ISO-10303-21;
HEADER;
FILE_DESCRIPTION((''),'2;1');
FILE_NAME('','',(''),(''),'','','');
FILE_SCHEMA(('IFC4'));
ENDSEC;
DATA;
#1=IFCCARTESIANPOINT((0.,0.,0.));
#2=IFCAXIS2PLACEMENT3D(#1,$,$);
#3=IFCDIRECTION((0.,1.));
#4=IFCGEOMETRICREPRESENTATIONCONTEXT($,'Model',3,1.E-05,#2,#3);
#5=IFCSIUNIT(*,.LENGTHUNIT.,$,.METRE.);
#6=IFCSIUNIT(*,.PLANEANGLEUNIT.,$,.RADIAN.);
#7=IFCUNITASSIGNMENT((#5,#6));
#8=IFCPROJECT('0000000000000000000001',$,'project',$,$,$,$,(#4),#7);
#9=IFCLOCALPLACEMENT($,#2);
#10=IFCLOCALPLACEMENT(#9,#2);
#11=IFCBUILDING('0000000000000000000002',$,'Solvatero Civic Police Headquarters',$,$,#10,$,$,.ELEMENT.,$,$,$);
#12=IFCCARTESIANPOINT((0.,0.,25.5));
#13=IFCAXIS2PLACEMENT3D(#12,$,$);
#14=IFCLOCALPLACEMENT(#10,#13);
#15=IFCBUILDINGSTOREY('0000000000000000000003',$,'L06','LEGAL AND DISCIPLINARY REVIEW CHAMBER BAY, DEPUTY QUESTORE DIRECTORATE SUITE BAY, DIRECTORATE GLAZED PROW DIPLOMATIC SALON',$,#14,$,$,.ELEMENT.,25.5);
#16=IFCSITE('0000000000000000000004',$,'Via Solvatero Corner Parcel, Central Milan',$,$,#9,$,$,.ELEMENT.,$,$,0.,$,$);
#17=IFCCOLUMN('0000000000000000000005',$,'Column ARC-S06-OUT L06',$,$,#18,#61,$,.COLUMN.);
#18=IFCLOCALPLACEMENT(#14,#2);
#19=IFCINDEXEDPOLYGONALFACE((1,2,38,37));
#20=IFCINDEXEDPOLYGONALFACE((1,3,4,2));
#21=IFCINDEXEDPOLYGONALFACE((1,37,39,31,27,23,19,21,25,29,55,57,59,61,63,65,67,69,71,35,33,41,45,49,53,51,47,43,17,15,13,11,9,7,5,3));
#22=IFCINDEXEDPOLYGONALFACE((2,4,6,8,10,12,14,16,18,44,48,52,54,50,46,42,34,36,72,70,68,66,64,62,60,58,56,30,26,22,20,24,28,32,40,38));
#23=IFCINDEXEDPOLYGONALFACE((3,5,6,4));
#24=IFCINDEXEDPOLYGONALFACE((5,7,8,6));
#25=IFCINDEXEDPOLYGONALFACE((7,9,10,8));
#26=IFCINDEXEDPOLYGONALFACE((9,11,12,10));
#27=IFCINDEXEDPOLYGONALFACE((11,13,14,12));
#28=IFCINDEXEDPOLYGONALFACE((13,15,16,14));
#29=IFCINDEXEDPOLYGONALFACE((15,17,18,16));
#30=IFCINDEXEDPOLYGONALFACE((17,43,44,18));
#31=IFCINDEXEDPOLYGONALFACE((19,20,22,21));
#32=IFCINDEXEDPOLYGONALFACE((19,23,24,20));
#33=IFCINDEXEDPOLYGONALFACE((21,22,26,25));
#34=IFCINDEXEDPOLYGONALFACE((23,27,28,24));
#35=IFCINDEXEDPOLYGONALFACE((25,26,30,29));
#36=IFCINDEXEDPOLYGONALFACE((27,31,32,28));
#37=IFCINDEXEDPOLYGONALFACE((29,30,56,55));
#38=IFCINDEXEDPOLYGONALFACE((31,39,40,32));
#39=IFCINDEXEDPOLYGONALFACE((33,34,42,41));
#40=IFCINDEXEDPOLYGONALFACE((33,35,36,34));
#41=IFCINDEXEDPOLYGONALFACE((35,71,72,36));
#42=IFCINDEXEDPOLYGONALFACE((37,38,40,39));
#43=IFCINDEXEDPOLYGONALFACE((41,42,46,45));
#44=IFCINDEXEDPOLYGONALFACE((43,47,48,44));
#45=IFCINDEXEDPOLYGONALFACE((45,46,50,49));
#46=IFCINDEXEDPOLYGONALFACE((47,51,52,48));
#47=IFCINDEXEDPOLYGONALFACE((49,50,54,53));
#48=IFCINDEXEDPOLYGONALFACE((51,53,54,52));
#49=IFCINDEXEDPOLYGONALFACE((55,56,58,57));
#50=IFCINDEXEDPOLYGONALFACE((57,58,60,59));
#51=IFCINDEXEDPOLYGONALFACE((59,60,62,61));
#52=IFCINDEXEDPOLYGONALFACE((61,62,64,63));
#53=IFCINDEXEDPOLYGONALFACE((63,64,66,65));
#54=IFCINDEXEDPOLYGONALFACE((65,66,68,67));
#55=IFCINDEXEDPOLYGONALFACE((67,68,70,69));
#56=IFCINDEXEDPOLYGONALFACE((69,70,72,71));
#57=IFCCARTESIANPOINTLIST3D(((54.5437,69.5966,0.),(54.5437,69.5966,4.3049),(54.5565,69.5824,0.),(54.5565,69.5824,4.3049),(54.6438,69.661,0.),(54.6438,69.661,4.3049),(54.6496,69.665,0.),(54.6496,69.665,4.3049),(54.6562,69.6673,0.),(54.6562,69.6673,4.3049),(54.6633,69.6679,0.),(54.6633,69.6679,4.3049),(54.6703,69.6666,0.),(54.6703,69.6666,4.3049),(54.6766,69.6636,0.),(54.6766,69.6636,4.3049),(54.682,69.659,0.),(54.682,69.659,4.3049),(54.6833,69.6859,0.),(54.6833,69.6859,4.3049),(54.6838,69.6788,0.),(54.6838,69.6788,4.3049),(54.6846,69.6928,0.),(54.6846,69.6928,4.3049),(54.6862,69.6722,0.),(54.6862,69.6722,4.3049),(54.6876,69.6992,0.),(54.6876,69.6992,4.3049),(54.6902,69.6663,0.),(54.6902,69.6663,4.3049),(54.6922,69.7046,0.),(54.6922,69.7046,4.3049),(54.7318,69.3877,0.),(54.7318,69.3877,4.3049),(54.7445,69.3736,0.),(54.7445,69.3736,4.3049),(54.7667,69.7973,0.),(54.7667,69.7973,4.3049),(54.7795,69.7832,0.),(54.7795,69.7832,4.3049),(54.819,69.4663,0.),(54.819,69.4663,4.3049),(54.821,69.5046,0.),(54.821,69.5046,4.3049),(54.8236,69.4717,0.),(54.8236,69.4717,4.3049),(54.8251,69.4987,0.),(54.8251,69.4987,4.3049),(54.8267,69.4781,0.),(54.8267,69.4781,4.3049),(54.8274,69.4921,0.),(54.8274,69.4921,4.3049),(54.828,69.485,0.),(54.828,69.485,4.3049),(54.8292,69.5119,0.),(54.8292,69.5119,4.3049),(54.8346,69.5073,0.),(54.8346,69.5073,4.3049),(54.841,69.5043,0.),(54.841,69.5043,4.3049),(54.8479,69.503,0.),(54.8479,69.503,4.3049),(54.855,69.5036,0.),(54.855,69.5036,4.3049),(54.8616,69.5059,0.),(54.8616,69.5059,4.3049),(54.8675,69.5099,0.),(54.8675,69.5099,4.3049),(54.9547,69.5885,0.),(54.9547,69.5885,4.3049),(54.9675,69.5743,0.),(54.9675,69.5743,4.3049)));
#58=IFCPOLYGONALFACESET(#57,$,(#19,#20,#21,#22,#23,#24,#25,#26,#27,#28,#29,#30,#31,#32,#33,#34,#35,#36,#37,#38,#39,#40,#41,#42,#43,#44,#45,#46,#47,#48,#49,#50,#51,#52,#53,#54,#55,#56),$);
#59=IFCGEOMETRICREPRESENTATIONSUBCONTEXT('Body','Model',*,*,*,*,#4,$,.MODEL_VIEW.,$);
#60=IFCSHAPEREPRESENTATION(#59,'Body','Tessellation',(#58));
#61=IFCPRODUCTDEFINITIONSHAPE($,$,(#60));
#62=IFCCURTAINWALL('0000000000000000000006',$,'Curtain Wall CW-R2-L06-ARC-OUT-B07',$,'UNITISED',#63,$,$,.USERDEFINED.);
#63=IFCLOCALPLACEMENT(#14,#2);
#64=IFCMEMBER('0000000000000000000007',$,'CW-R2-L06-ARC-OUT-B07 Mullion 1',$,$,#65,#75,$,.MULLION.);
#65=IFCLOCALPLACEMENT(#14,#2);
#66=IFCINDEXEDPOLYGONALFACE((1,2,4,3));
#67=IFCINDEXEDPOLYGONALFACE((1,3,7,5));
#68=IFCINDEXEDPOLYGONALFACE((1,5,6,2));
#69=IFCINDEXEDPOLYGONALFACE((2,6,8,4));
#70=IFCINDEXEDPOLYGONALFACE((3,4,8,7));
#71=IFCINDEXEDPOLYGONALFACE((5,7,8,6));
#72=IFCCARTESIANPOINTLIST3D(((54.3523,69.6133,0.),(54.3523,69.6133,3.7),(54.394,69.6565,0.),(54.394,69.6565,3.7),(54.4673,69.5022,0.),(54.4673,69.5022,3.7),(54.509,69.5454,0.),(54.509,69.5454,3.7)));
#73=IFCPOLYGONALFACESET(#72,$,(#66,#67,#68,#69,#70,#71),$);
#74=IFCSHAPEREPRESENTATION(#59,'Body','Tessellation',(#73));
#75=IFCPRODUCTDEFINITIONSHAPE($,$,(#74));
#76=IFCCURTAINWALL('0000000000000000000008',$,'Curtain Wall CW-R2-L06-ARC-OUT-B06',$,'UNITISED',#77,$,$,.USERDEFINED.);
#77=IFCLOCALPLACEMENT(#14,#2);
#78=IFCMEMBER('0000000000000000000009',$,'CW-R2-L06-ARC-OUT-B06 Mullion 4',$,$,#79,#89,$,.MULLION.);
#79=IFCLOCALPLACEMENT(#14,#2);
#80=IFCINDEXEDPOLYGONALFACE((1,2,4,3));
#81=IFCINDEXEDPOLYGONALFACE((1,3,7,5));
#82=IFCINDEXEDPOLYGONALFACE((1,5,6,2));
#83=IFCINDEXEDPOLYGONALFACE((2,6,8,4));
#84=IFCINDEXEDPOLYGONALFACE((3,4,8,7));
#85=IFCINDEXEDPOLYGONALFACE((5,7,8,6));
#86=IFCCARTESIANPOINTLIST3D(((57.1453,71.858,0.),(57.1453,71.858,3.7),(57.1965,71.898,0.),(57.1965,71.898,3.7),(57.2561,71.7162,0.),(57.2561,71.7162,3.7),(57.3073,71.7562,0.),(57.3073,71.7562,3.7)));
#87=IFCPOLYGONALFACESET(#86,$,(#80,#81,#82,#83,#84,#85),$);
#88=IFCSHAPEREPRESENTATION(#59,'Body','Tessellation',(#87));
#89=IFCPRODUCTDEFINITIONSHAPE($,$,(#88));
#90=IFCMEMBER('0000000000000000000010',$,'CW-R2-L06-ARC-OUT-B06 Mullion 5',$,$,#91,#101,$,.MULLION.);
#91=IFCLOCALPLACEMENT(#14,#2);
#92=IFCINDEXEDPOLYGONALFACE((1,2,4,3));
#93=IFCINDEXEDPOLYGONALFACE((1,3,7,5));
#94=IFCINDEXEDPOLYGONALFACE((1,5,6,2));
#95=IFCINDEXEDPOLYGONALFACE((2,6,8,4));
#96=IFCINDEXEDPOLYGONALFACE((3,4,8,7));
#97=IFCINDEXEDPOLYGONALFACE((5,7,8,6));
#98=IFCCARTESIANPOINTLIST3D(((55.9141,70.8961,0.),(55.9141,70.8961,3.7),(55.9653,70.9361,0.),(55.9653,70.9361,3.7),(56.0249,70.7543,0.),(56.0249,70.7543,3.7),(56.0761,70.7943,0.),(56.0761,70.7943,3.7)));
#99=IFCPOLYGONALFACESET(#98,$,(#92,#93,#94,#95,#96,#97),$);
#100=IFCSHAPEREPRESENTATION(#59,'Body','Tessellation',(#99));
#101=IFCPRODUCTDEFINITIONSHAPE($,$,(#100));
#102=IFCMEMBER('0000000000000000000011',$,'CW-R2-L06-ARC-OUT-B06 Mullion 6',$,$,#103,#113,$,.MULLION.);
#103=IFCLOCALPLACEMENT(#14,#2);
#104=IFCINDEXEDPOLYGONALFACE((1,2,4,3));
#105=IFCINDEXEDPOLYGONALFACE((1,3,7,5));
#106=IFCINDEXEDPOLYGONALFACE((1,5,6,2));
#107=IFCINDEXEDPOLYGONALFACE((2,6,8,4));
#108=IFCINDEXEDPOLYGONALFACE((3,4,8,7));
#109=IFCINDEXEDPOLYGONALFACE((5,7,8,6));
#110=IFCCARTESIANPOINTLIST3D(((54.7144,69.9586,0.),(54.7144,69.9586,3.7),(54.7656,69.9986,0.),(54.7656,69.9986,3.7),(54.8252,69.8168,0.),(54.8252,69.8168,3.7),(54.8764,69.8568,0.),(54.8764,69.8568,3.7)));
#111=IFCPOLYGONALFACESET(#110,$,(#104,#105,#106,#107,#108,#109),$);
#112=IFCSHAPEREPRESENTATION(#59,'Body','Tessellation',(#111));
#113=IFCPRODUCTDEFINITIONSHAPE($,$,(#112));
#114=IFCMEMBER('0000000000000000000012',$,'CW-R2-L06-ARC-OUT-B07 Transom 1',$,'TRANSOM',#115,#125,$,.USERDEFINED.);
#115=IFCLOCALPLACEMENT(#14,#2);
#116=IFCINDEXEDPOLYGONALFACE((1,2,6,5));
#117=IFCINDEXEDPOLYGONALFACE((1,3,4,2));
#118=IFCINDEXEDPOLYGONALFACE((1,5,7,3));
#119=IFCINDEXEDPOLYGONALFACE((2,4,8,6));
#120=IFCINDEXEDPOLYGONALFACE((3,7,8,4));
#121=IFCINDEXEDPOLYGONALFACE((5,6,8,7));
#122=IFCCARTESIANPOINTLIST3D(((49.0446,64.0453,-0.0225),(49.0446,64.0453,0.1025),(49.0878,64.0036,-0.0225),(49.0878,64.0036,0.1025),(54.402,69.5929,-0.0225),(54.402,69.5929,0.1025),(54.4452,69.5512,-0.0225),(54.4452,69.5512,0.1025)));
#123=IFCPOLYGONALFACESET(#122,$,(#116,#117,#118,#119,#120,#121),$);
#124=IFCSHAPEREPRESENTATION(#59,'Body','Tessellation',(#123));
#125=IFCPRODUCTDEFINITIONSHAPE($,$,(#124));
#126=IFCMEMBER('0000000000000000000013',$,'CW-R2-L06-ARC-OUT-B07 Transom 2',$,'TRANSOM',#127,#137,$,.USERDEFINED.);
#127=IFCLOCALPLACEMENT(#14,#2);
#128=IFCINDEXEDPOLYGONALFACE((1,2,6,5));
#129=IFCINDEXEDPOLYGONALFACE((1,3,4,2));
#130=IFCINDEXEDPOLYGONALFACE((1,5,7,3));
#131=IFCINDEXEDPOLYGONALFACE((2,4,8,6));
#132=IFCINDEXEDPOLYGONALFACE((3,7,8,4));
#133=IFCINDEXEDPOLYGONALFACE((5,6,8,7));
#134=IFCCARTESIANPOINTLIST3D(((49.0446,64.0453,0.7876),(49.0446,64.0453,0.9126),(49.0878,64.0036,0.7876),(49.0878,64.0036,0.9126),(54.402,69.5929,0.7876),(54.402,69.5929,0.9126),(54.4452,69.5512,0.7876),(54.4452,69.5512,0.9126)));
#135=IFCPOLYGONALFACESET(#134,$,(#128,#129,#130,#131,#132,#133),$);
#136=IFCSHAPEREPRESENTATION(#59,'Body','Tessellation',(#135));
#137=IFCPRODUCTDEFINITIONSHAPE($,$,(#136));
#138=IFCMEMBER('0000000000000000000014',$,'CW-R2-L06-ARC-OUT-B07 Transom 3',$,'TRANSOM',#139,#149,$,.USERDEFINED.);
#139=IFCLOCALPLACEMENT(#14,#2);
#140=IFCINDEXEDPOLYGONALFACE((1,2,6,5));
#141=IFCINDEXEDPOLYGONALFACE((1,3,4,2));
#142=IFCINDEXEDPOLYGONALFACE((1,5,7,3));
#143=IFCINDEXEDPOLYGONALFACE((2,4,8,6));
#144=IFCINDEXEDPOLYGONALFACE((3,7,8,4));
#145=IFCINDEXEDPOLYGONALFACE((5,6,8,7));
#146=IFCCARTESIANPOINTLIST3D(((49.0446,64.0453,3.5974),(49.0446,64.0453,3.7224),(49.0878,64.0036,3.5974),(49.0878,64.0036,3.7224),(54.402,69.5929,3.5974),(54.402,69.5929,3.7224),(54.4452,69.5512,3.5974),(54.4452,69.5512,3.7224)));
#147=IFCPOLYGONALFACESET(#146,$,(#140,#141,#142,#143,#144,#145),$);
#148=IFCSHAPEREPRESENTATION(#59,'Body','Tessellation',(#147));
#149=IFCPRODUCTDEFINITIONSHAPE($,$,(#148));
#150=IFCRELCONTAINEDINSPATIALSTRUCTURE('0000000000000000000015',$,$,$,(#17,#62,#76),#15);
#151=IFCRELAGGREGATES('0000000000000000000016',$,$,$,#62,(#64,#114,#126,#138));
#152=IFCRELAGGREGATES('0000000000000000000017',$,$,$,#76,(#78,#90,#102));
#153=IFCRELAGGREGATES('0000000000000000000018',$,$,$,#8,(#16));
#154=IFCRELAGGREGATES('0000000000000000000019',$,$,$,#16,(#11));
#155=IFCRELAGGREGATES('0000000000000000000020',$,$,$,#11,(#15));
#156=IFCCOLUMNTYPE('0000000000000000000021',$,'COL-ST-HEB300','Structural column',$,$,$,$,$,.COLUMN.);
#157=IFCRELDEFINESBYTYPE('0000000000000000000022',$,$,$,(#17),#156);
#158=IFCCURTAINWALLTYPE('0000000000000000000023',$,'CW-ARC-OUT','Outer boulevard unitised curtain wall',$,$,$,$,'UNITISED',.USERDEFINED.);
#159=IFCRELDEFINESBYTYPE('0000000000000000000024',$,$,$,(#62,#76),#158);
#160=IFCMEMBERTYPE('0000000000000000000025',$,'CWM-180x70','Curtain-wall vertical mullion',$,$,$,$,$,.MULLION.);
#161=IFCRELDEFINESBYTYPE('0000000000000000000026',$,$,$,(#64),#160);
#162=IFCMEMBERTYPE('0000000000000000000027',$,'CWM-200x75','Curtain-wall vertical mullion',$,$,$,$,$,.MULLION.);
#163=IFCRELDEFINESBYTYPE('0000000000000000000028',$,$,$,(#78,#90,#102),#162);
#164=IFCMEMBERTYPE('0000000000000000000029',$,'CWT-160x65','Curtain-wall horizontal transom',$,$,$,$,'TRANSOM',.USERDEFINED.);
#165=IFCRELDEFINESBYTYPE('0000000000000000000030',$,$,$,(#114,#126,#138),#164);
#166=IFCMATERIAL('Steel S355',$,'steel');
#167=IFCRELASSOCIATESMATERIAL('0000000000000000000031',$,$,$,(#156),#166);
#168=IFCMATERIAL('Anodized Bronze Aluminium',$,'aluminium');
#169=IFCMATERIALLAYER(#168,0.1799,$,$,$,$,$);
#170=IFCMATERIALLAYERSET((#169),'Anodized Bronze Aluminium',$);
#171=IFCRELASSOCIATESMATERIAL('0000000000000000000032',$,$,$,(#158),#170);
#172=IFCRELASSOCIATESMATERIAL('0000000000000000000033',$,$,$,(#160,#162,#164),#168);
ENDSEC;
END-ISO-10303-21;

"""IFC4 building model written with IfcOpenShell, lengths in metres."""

from ifc_helpers import new_model, si_unit, direction, frame, origin, origin_2d, place, context, subcontext, project, spatial, rectangle, i_section, extrude, material, layer, layer_set, material_profile, profile_set, type_object, element, aggregate, save


model = new_model("IFC4")

# Units and contexts
model_context = context("Model", 3, precision=1e-05, world=origin(), true_north=direction((0.0, 1.0)))
body_context = subcontext(model_context, "Body", "Model", "MODEL_VIEW")
ifc_project = project(units=[si_unit("LENGTHUNIT", "METRE"), si_unit("PLANEANGLEUNIT", "RADIAN")], contexts=[model_context])

# Site, building, storey
site_placement = place(None, origin())
site = spatial("IfcSite", under=ifc_project, at=site_placement, Name="Via Solvatero Corner Parcel, Central Milan", CompositionType="ELEMENT", RefElevation=0.0)
building_placement = place(site_placement, origin())
building = spatial("IfcBuilding", under=site, at=building_placement, Name="Solvatero Civic Police Headquarters", CompositionType="ELEMENT")
storey_placement = place(building_placement, frame((0.0, 0.0, 25.5)))
storey = spatial("IfcBuildingStorey", under=building, at=storey_placement, Name="L06", Description="LEGAL AND DISCIPLINARY REVIEW CHAMBER BAY, DEPUTY QUESTORE DIRECTORATE SUITE BAY, DIRECTORATE GLAZED PROW DIPLOMATIC SALON", CompositionType="ELEMENT", Elevation=25.5)

# Column
ifc_material_1 = material(Name="Steel S355", Category="steel")
ifc_material_profile_1 = material_profile(ifc_material_1, i_section(OverallWidth=0.3, OverallDepth=0.3, WebThickness=0.011, FlangeThickness=0.019, FilletRadius=0.0271, at=origin_2d()), Name="HEB 300")
ifc_profile_set_1 = profile_set([ifc_material_profile_1], Name="Steel S355")
column_type = type_object("IfcColumnType", Name="COL-ST-HEB300", Description="Structural column", PredefinedType="COLUMN", material=ifc_profile_set_1)
column_placement = place(storey_placement, frame((54.7556, 69.5854, 0.0), z_axis=(0.0, 0.0, 1.0), x_axis=(0.743145, 0.669131, 0.0)))
element("IfcColumn", 1, at=column_placement, inside=storey, type_object=column_type, Name="Column ARC-S06-OUT L06", PredefinedType="COLUMN", context=body_context, shape_type="SweptSolid", body=[
    extrude(i_section(OverallWidth=0.3, OverallDepth=0.3, WebThickness=0.011, FlangeThickness=0.019, FilletRadius=0.0271, at=origin_2d()), origin(), (0.0, 0.0, 1.0), 4.3049),
])

# Curtain wall, member
ifc_material_2 = material(Name="Anodized Bronze Aluminium", Category="aluminium")
ifc_layer_1 = layer(ifc_material_2, 0.1799)
ifc_layer_set_1 = layer_set([ifc_layer_1], Name="Anodized Bronze Aluminium")
curtain_wall_type = type_object("IfcCurtainWallType", Name="CW-ARC-OUT", Description="Outer boulevard unitised curtain wall", ElementType="UNITISED", PredefinedType="USERDEFINED", material=ifc_layer_set_1)
curtain_wall_1_placement = place(storey_placement, origin())
curtain_wall_1 = element("IfcCurtainWall", 2, at=curtain_wall_1_placement, inside=storey, type_object=curtain_wall_type, Name="Curtain Wall CW-R2-L06-ARC-OUT-B07", ObjectType="UNITISED", PredefinedType="USERDEFINED")
ifc_material_profile_2 = material_profile(ifc_material_2, rectangle(XDim=0.0601, YDim=0.1599, at=origin_2d()), Name="ALU MULLION 60x160")
ifc_profile_set_2 = profile_set([ifc_material_profile_2], Name="Anodized Bronze Aluminium")
member_type_1 = type_object("IfcMemberType", Name="CWM-180x70", Description="Curtain-wall vertical mullion", PredefinedType="MULLION", material=ifc_profile_set_2)
member_1_placement = place(storey_placement, frame((54.4307, 69.5793, 0.0), z_axis=(0.0, 0.0, 1.0), x_axis=(-0.694658, -0.71934, 0.0)))
member_1 = element("IfcMember", 3, at=member_1_placement, type_object=member_type_1, Name="CW-R2-L06-ARC-OUT-B07 Mullion 1", PredefinedType="MULLION", context=body_context, shape_type="SweptSolid", body=[
    extrude(rectangle(XDim=0.0601, YDim=0.1599, at=origin_2d()), origin(), (0.0, 0.0, 1.0), 3.7),
])

# Curtain wall, members
curtain_wall_2_placement = place(storey_placement, origin())
curtain_wall_2 = element("IfcCurtainWall", 4, at=curtain_wall_2_placement, inside=storey, type_object=curtain_wall_type, Name="Curtain Wall CW-R2-L06-ARC-OUT-B06", ObjectType="UNITISED", PredefinedType="USERDEFINED")
ifc_material_profile_3 = material_profile(ifc_material_2, rectangle(XDim=0.0649, YDim=0.1799, at=origin_2d()), Name="ALU MULLION 65x180")
ifc_profile_set_3 = profile_set([ifc_material_profile_3], Name="Anodized Bronze Aluminium")
member_type_2 = type_object("IfcMemberType", Name="CWM-200x75", Description="Curtain-wall vertical mullion", PredefinedType="MULLION", material=ifc_profile_set_3)
member_2_placement = place(storey_placement, frame((57.2263, 71.8071, 0.0), z_axis=(0.0, 0.0, 1.0), x_axis=(-0.788011, -0.615661, 0.0)))
member_2 = element("IfcMember", 5, at=member_2_placement, type_object=member_type_2, Name="CW-R2-L06-ARC-OUT-B06 Mullion 4", PredefinedType="MULLION", context=body_context, shape_type="SweptSolid", body=[
    extrude(rectangle(XDim=0.0649, YDim=0.1799, at=origin_2d()), origin(), (0.0, 0.0, 1.0), 3.7),
])
member_3_placement = place(storey_placement, frame((55.9951, 70.8452, 0.0), z_axis=(0.0, 0.0, 1.0), x_axis=(-0.788011, -0.615661, 0.0)))
member_3 = element("IfcMember", 6, at=member_3_placement, type_object=member_type_2, Name="CW-R2-L06-ARC-OUT-B06 Mullion 5", PredefinedType="MULLION", context=body_context, shape_type="SweptSolid", body=[
    extrude(rectangle(XDim=0.0649, YDim=0.1799, at=origin_2d()), origin(), (0.0, 0.0, 1.0), 3.7),
])
member_4_placement = place(storey_placement, frame((54.7954, 69.9077, 0.0), z_axis=(0.0, 0.0, 1.0), x_axis=(-0.788011, -0.615661, 0.0)))
member_4 = element("IfcMember", 7, at=member_4_placement, type_object=member_type_2, Name="CW-R2-L06-ARC-OUT-B06 Mullion 6", PredefinedType="MULLION", context=body_context, shape_type="SweptSolid", body=[
    extrude(rectangle(XDim=0.0649, YDim=0.1799, at=origin_2d()), origin(), (0.0, 0.0, 1.0), 3.7),
])

# Members
ifc_material_profile_4 = material_profile(ifc_material_2, rectangle(XDim=0.0601, YDim=0.125, at=origin_2d()), Name="ALU TRANSOM 60x125")
ifc_profile_set_4 = profile_set([ifc_material_profile_4], Name="Anodized Bronze Aluminium")
member_type_3 = type_object("IfcMemberType", Name="CWT-160x65", Description="Curtain-wall horizontal transom", ElementType="TRANSOM", PredefinedType="USERDEFINED", material=ifc_profile_set_4)
member_5_placement = place(storey_placement, frame((54.4236, 69.572, 0.04), z_axis=(-0.694669, -0.719329, 0.0), x_axis=(0.719329, -0.694669, 0.0)))
member_5 = element("IfcMember", 8, at=member_5_placement, type_object=member_type_3, Name="CW-R2-L06-ARC-OUT-B07 Transom 1", ObjectType="TRANSOM", PredefinedType="USERDEFINED", context=body_context, shape_type="SweptSolid", body=[
    extrude(rectangle(XDim=0.0601, YDim=0.125, at=origin_2d()), origin(), (0.0, 0.0, 1.0), 7.7122),
])
member_6_placement = place(storey_placement, frame((54.4236, 69.572, 0.8501), z_axis=(-0.694669, -0.719329, 0.0), x_axis=(0.719329, -0.694669, 0.0)))
member_6 = element("IfcMember", 9, at=member_6_placement, type_object=member_type_3, Name="CW-R2-L06-ARC-OUT-B07 Transom 2", ObjectType="TRANSOM", PredefinedType="USERDEFINED", context=body_context, shape_type="SweptSolid", body=[
    extrude(rectangle(XDim=0.0601, YDim=0.125, at=origin_2d()), origin(), (0.0, 0.0, 1.0), 7.7122),
])
member_7_placement = place(storey_placement, frame((54.4236, 69.572, 3.6599), z_axis=(-0.694669, -0.719329, 0.0), x_axis=(0.719329, -0.694669, 0.0)))
member_7 = element("IfcMember", 10, at=member_7_placement, type_object=member_type_3, Name="CW-R2-L06-ARC-OUT-B07 Transom 3", ObjectType="TRANSOM", PredefinedType="USERDEFINED", context=body_context, shape_type="SweptSolid", body=[
    extrude(rectangle(XDim=0.0601, YDim=0.125, at=origin_2d()), origin(), (0.0, 0.0, 1.0), 7.7122),
])

aggregate(curtain_wall_1, [member_1, member_5, member_6, member_7])
aggregate(curtain_wall_2, [member_2, member_3, member_4])

save(model, "model.ifc")
